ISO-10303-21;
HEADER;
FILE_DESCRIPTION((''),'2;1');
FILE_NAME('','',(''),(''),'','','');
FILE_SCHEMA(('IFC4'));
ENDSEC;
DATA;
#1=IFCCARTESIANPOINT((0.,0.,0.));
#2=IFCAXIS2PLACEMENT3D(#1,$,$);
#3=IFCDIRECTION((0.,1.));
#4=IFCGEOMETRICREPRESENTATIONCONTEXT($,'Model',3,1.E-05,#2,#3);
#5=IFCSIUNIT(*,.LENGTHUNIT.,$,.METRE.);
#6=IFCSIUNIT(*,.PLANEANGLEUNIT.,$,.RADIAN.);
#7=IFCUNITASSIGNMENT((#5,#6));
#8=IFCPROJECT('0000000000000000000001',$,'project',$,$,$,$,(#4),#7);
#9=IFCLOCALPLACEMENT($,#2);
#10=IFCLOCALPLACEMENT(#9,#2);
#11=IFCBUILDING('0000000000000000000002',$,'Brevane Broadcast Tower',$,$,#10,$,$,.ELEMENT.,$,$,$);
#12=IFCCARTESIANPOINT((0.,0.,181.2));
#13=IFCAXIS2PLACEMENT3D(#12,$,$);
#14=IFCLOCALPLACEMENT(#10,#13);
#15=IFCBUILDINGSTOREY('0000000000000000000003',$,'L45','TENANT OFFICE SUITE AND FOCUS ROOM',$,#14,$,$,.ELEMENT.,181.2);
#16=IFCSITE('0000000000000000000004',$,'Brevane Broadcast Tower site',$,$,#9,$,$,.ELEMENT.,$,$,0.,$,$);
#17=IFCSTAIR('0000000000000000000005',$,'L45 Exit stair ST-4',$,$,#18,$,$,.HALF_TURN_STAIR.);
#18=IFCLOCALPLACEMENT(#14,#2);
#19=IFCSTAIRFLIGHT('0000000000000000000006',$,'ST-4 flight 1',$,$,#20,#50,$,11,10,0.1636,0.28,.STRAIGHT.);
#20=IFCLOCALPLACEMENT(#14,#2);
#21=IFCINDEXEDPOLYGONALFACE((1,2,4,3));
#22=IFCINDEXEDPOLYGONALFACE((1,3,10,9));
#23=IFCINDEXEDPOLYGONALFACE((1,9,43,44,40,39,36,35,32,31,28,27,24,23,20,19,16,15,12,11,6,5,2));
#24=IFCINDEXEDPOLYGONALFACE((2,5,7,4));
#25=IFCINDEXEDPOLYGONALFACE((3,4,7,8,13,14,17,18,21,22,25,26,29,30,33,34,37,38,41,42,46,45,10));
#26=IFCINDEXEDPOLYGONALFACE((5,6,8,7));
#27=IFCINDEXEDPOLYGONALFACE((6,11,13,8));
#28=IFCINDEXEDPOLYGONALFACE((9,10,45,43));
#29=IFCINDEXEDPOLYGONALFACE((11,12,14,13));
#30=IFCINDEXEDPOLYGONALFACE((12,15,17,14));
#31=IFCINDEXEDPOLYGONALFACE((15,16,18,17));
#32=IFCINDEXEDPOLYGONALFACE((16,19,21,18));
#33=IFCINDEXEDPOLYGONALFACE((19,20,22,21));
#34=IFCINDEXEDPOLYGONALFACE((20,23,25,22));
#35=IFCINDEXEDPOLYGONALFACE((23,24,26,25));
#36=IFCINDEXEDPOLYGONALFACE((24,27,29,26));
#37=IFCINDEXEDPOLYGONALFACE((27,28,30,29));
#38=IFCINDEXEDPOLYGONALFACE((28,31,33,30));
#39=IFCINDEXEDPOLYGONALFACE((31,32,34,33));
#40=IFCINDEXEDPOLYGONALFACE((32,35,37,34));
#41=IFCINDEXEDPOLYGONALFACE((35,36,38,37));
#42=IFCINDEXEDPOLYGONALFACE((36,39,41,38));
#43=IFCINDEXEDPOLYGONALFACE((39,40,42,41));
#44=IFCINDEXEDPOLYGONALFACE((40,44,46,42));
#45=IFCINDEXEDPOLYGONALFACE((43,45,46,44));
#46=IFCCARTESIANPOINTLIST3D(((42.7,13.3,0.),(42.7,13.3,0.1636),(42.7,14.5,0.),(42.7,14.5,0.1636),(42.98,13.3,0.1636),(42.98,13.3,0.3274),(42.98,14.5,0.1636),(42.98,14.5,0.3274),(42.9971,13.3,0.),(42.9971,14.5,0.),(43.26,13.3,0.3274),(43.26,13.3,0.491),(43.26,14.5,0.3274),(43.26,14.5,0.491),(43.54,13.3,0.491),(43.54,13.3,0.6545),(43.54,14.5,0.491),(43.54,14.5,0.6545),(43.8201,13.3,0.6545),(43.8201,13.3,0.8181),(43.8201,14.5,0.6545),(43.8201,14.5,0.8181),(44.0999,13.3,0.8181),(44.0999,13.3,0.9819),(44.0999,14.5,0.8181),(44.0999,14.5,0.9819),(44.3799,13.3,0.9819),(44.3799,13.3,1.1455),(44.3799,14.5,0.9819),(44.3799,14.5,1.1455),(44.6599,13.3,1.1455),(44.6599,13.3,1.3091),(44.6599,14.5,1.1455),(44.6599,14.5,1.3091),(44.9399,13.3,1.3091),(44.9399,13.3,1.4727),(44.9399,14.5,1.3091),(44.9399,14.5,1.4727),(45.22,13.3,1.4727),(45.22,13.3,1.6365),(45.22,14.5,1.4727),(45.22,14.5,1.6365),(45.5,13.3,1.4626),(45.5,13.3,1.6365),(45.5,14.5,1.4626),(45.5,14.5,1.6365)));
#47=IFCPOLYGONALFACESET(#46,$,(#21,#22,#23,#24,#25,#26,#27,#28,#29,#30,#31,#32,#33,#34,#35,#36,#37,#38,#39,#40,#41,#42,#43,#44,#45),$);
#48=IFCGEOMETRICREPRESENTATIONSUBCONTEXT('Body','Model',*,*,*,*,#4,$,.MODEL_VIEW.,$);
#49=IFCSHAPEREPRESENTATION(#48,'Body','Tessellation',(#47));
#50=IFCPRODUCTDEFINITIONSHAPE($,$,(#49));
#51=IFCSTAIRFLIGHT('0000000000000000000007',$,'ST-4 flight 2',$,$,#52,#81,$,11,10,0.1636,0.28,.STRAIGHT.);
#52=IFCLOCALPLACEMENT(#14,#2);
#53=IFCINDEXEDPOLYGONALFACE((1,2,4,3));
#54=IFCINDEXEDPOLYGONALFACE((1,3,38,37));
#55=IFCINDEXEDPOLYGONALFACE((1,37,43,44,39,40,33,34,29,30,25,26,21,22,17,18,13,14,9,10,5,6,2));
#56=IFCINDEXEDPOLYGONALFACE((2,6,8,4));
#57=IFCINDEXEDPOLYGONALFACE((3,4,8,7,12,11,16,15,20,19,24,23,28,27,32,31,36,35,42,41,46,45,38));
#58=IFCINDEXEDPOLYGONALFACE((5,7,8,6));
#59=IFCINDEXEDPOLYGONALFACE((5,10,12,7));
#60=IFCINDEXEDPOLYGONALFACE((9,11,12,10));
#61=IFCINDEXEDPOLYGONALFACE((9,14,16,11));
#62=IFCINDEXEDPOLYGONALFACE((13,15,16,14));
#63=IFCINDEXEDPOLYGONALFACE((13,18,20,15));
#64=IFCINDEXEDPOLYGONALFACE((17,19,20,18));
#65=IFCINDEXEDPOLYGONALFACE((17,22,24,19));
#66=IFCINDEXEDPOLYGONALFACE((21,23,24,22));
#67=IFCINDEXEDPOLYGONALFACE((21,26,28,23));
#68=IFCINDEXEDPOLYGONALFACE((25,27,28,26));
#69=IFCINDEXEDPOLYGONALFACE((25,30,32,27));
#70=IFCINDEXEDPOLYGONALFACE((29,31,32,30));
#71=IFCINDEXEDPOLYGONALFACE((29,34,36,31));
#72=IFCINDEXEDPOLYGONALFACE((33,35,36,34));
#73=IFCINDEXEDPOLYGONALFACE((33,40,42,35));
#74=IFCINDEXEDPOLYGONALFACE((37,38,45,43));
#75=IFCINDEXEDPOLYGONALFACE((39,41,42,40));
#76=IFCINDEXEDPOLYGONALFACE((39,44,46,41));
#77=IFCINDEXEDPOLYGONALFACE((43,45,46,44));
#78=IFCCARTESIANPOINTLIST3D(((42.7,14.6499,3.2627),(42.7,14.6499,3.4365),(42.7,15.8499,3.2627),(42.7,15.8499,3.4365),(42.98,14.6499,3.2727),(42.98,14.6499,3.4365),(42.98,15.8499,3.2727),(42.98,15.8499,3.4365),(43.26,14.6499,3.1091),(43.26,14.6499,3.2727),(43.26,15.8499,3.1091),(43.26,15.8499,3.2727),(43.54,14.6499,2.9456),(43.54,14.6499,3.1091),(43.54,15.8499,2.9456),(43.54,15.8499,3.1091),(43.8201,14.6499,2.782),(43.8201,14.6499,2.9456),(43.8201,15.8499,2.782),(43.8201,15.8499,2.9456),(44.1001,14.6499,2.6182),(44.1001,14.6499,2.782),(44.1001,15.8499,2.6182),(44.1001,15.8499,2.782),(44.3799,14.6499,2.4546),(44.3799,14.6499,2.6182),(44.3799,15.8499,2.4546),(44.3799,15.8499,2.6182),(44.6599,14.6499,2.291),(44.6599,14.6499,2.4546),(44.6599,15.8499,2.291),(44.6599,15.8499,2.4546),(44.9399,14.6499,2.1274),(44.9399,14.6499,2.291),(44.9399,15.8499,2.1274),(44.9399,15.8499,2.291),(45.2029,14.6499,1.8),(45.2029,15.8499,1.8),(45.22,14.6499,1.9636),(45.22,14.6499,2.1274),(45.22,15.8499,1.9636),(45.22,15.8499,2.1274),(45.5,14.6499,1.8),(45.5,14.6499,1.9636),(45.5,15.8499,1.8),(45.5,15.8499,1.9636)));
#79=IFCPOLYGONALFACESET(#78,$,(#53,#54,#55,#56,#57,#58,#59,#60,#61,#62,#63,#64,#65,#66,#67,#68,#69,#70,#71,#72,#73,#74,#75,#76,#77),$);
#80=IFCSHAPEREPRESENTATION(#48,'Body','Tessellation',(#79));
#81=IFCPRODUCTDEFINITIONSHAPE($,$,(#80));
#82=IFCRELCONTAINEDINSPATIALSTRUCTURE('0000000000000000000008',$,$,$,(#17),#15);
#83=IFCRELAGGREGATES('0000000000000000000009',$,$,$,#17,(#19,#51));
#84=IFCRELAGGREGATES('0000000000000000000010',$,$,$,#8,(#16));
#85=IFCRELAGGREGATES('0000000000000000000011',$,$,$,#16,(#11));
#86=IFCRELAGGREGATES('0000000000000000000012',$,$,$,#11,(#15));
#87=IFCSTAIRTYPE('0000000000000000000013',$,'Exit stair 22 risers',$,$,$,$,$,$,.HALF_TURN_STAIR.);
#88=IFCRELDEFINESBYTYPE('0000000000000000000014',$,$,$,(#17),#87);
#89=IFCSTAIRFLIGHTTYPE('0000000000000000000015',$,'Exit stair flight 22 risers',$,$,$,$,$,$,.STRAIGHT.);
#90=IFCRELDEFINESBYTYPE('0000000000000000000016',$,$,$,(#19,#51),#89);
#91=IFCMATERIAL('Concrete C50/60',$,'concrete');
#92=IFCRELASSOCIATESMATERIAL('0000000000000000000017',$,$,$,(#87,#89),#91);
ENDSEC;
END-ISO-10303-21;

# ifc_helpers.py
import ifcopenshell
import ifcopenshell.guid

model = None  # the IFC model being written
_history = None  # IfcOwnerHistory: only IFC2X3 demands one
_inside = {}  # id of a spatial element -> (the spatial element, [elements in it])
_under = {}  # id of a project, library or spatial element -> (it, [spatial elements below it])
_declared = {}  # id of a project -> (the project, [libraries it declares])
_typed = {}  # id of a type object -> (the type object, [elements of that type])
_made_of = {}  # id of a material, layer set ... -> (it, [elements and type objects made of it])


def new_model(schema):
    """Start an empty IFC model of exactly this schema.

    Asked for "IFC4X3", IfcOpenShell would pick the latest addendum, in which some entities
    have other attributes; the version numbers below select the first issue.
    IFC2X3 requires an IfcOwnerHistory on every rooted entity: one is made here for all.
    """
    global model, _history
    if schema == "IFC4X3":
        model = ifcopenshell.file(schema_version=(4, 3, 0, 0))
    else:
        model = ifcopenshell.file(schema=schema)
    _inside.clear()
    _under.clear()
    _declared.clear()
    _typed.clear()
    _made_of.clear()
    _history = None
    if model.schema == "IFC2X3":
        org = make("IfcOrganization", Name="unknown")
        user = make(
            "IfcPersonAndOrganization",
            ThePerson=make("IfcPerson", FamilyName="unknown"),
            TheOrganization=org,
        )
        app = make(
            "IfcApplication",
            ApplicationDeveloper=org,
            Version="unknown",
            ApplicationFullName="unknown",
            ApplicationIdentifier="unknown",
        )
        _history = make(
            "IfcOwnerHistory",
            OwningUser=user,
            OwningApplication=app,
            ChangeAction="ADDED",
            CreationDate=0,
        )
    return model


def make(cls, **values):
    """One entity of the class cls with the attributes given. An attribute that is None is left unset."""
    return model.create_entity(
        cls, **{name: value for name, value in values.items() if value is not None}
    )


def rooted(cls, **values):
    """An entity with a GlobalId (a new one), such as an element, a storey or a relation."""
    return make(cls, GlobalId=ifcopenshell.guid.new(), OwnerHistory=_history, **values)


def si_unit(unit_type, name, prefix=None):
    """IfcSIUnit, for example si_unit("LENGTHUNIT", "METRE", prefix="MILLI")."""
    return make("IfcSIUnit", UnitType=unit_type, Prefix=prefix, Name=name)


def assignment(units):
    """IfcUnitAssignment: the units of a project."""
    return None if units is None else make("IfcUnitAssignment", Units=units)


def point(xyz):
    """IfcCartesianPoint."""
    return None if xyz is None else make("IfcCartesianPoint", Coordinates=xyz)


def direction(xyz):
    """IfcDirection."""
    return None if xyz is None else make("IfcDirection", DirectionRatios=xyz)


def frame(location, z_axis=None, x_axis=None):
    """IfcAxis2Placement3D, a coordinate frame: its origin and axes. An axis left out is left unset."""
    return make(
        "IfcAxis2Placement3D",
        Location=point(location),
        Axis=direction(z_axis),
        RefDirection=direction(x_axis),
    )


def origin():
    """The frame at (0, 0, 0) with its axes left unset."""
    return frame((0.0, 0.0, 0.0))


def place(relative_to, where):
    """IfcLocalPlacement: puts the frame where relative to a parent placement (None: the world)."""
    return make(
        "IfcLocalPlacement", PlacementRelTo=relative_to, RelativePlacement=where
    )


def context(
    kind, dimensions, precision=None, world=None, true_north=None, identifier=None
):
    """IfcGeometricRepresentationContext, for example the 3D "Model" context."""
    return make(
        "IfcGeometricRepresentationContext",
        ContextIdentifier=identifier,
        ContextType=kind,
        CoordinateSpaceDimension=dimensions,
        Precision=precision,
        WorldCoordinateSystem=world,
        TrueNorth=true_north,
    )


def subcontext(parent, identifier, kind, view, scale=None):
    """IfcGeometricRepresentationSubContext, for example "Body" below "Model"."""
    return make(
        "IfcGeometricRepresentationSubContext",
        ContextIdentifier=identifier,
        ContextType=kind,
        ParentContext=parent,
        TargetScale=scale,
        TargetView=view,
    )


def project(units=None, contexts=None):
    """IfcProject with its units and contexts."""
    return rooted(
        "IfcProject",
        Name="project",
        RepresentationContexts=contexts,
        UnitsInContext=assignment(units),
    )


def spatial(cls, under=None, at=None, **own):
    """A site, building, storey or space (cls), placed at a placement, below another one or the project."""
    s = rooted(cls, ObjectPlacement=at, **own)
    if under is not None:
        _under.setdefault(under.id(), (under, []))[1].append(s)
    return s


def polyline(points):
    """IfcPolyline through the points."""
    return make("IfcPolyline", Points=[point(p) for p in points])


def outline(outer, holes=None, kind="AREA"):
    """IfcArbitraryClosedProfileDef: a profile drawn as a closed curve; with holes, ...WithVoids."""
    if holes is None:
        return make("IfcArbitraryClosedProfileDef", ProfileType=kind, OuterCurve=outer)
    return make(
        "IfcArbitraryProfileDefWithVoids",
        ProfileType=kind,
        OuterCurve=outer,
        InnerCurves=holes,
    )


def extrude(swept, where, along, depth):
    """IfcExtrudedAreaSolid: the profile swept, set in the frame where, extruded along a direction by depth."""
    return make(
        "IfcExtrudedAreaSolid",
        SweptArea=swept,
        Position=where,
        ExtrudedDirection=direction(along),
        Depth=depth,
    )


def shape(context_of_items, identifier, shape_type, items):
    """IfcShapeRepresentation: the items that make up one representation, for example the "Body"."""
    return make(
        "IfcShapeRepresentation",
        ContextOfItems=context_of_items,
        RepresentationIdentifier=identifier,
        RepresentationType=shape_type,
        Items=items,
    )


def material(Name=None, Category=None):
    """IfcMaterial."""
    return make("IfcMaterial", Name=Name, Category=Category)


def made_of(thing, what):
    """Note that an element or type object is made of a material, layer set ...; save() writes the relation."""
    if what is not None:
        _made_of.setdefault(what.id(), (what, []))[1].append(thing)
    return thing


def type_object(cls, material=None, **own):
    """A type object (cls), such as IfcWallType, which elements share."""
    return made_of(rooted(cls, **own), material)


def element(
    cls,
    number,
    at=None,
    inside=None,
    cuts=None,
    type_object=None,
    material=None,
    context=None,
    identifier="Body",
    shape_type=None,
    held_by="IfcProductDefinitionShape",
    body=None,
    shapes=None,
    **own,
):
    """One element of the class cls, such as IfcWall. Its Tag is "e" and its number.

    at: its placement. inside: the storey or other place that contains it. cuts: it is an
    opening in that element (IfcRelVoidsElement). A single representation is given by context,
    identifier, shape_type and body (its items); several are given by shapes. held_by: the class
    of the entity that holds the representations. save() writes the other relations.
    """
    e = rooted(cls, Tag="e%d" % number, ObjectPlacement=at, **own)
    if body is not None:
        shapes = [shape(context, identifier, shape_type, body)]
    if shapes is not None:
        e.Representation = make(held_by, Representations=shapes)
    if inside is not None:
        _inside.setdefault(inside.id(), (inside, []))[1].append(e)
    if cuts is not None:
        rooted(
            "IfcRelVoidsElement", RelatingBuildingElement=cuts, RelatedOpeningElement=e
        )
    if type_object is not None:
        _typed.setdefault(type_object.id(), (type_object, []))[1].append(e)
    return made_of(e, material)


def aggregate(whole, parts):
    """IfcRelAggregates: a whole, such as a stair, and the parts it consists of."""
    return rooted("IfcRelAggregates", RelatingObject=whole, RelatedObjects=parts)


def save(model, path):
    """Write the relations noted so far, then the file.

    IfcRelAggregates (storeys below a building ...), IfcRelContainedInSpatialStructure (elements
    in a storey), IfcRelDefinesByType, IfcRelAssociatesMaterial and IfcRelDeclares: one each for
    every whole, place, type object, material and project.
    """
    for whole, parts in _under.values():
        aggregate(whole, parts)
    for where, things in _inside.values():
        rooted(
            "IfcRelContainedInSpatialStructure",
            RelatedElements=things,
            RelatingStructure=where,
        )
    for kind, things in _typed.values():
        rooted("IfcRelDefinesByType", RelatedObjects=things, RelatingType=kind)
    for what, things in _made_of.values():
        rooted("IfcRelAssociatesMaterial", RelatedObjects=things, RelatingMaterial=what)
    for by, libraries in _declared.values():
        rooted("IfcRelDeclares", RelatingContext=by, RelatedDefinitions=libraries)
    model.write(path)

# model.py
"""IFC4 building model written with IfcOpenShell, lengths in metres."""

from ifc_helpers import new_model, si_unit, direction, frame, origin, place, context, subcontext, project, spatial, polyline, outline, extrude, material, type_object, element, aggregate, save


model = new_model("IFC4")

# Units and contexts
model_context = context("Model", 3, precision=1e-05, world=origin(), true_north=direction((0.0, 1.0)))
body_context = subcontext(model_context, "Body", "Model", "MODEL_VIEW")
ifc_project = project(units=[si_unit("LENGTHUNIT", "METRE"), si_unit("PLANEANGLEUNIT", "RADIAN")], contexts=[model_context])

# Site, building, storey
site_placement = place(None, origin())
site = spatial("IfcSite", under=ifc_project, at=site_placement, Name="Brevane Broadcast Tower site", CompositionType="ELEMENT", RefElevation=0.0)
building_placement = place(site_placement, origin())
building = spatial("IfcBuilding", under=site, at=building_placement, Name="Brevane Broadcast Tower", CompositionType="ELEMENT")
storey_placement = place(building_placement, frame((0.0, 0.0, 181.2)))
storey = spatial("IfcBuildingStorey", under=building, at=storey_placement, Name="L45", Description="TENANT OFFICE SUITE AND FOCUS ROOM", CompositionType="ELEMENT", Elevation=181.2)

# Stair, stair flights
ifc_material_1 = material(Name="Concrete C50/60", Category="concrete")
stair_type = type_object("IfcStairType", Name="Exit stair 22 risers", PredefinedType="HALF_TURN_STAIR", material=ifc_material_1)
stair_placement = place(storey_placement, origin())
stair = element("IfcStair", 1, at=stair_placement, inside=storey, type_object=stair_type, Name="L45 Exit stair ST-4", PredefinedType="HALF_TURN_STAIR")
stair_flight_type = type_object("IfcStairFlightType", Name="Exit stair flight 22 risers", PredefinedType="STRAIGHT", material=ifc_material_1)
stair_flight_1_placement = place(storey_placement, frame((42.7, 13.8999, 0.0), z_axis=(0.0, 0.0, 1.0), x_axis=(1.0, 0.0, 0.0)))
stair_flight_1 = element("IfcStairFlight", 2, at=stair_flight_1_placement, type_object=stair_flight_type, Name="ST-4 flight 1", NumberOfRisers=11, NumberOfTreads=10, PredefinedType="STRAIGHT", RiserHeight=0.1636, TreadLength=0.28, context=body_context, shape_type="SweptSolid", body=[
    extrude(outline(polyline([(0.0, 0.0), (0.0, 0.1636), (0.28, 0.1636), (0.28, 0.3274), (0.5601, 0.3274), (0.5601, 0.491), (0.8401, 0.491), (0.8401, 0.6545), (1.1201, 0.6545), (1.1201, 0.8181), (1.3999, 0.8181), (1.3999, 0.9819), (1.6799, 0.9819), (1.6799, 1.1455), (1.96, 1.1455), (1.96, 1.3091), (2.24, 1.3091), (2.24, 1.4727), (2.52, 1.4727), (2.52, 1.6365), (2.8, 1.6365), (2.8, 1.8), (2.8, 1.4626), (0.2971, 0.0), (0.0, 0.0)])), frame((0.0, 0.6001, 0.0), z_axis=(0.0, -1.0, 0.0), x_axis=(1.0, 0.0, 0.0)), (0.0, 0.0, 1.0), 1.2),
])
stair_flight_2_placement = place(storey_placement, frame((45.5, 15.25, 1.8), z_axis=(0.0, 0.0, 1.0), x_axis=(-1.0, 0.0, 0.0)))
stair_flight_2 = element("IfcStairFlight", 3, at=stair_flight_2_placement, type_object=stair_flight_type, Name="ST-4 flight 2", NumberOfRisers=11, NumberOfTreads=10, PredefinedType="STRAIGHT", RiserHeight=0.1636, TreadLength=0.28, context=body_context, shape_type="SweptSolid", body=[
    extrude(outline(polyline([(0.0, 0.0), (0.0, 0.1636), (0.28, 0.1636), (0.28, 0.3274), (0.5601, 0.3274), (0.5601, 0.491), (0.8401, 0.491), (0.8401, 0.6545), (1.1201, 0.6545), (1.1201, 0.8181), (1.3999, 0.8181), (1.3999, 0.9819), (1.6799, 0.9819), (1.6799, 1.1455), (1.96, 1.1455), (1.96, 1.3091), (2.24, 1.3091), (2.24, 1.4727), (2.52, 1.4727), (2.52, 1.6365), (2.8, 1.6365), (2.8, 1.8), (2.8, 1.4626), (0.2971, 0.0), (0.0, 0.0)])), frame((0.0, 0.6001, 0.0), z_axis=(0.0, -1.0, 0.0), x_axis=(1.0, 0.0, 0.0)), (0.0, 0.0, 1.0), 1.2),
])
aggregate(stair, [stair_flight_1, stair_flight_2])

save(model, "model.ifc")
